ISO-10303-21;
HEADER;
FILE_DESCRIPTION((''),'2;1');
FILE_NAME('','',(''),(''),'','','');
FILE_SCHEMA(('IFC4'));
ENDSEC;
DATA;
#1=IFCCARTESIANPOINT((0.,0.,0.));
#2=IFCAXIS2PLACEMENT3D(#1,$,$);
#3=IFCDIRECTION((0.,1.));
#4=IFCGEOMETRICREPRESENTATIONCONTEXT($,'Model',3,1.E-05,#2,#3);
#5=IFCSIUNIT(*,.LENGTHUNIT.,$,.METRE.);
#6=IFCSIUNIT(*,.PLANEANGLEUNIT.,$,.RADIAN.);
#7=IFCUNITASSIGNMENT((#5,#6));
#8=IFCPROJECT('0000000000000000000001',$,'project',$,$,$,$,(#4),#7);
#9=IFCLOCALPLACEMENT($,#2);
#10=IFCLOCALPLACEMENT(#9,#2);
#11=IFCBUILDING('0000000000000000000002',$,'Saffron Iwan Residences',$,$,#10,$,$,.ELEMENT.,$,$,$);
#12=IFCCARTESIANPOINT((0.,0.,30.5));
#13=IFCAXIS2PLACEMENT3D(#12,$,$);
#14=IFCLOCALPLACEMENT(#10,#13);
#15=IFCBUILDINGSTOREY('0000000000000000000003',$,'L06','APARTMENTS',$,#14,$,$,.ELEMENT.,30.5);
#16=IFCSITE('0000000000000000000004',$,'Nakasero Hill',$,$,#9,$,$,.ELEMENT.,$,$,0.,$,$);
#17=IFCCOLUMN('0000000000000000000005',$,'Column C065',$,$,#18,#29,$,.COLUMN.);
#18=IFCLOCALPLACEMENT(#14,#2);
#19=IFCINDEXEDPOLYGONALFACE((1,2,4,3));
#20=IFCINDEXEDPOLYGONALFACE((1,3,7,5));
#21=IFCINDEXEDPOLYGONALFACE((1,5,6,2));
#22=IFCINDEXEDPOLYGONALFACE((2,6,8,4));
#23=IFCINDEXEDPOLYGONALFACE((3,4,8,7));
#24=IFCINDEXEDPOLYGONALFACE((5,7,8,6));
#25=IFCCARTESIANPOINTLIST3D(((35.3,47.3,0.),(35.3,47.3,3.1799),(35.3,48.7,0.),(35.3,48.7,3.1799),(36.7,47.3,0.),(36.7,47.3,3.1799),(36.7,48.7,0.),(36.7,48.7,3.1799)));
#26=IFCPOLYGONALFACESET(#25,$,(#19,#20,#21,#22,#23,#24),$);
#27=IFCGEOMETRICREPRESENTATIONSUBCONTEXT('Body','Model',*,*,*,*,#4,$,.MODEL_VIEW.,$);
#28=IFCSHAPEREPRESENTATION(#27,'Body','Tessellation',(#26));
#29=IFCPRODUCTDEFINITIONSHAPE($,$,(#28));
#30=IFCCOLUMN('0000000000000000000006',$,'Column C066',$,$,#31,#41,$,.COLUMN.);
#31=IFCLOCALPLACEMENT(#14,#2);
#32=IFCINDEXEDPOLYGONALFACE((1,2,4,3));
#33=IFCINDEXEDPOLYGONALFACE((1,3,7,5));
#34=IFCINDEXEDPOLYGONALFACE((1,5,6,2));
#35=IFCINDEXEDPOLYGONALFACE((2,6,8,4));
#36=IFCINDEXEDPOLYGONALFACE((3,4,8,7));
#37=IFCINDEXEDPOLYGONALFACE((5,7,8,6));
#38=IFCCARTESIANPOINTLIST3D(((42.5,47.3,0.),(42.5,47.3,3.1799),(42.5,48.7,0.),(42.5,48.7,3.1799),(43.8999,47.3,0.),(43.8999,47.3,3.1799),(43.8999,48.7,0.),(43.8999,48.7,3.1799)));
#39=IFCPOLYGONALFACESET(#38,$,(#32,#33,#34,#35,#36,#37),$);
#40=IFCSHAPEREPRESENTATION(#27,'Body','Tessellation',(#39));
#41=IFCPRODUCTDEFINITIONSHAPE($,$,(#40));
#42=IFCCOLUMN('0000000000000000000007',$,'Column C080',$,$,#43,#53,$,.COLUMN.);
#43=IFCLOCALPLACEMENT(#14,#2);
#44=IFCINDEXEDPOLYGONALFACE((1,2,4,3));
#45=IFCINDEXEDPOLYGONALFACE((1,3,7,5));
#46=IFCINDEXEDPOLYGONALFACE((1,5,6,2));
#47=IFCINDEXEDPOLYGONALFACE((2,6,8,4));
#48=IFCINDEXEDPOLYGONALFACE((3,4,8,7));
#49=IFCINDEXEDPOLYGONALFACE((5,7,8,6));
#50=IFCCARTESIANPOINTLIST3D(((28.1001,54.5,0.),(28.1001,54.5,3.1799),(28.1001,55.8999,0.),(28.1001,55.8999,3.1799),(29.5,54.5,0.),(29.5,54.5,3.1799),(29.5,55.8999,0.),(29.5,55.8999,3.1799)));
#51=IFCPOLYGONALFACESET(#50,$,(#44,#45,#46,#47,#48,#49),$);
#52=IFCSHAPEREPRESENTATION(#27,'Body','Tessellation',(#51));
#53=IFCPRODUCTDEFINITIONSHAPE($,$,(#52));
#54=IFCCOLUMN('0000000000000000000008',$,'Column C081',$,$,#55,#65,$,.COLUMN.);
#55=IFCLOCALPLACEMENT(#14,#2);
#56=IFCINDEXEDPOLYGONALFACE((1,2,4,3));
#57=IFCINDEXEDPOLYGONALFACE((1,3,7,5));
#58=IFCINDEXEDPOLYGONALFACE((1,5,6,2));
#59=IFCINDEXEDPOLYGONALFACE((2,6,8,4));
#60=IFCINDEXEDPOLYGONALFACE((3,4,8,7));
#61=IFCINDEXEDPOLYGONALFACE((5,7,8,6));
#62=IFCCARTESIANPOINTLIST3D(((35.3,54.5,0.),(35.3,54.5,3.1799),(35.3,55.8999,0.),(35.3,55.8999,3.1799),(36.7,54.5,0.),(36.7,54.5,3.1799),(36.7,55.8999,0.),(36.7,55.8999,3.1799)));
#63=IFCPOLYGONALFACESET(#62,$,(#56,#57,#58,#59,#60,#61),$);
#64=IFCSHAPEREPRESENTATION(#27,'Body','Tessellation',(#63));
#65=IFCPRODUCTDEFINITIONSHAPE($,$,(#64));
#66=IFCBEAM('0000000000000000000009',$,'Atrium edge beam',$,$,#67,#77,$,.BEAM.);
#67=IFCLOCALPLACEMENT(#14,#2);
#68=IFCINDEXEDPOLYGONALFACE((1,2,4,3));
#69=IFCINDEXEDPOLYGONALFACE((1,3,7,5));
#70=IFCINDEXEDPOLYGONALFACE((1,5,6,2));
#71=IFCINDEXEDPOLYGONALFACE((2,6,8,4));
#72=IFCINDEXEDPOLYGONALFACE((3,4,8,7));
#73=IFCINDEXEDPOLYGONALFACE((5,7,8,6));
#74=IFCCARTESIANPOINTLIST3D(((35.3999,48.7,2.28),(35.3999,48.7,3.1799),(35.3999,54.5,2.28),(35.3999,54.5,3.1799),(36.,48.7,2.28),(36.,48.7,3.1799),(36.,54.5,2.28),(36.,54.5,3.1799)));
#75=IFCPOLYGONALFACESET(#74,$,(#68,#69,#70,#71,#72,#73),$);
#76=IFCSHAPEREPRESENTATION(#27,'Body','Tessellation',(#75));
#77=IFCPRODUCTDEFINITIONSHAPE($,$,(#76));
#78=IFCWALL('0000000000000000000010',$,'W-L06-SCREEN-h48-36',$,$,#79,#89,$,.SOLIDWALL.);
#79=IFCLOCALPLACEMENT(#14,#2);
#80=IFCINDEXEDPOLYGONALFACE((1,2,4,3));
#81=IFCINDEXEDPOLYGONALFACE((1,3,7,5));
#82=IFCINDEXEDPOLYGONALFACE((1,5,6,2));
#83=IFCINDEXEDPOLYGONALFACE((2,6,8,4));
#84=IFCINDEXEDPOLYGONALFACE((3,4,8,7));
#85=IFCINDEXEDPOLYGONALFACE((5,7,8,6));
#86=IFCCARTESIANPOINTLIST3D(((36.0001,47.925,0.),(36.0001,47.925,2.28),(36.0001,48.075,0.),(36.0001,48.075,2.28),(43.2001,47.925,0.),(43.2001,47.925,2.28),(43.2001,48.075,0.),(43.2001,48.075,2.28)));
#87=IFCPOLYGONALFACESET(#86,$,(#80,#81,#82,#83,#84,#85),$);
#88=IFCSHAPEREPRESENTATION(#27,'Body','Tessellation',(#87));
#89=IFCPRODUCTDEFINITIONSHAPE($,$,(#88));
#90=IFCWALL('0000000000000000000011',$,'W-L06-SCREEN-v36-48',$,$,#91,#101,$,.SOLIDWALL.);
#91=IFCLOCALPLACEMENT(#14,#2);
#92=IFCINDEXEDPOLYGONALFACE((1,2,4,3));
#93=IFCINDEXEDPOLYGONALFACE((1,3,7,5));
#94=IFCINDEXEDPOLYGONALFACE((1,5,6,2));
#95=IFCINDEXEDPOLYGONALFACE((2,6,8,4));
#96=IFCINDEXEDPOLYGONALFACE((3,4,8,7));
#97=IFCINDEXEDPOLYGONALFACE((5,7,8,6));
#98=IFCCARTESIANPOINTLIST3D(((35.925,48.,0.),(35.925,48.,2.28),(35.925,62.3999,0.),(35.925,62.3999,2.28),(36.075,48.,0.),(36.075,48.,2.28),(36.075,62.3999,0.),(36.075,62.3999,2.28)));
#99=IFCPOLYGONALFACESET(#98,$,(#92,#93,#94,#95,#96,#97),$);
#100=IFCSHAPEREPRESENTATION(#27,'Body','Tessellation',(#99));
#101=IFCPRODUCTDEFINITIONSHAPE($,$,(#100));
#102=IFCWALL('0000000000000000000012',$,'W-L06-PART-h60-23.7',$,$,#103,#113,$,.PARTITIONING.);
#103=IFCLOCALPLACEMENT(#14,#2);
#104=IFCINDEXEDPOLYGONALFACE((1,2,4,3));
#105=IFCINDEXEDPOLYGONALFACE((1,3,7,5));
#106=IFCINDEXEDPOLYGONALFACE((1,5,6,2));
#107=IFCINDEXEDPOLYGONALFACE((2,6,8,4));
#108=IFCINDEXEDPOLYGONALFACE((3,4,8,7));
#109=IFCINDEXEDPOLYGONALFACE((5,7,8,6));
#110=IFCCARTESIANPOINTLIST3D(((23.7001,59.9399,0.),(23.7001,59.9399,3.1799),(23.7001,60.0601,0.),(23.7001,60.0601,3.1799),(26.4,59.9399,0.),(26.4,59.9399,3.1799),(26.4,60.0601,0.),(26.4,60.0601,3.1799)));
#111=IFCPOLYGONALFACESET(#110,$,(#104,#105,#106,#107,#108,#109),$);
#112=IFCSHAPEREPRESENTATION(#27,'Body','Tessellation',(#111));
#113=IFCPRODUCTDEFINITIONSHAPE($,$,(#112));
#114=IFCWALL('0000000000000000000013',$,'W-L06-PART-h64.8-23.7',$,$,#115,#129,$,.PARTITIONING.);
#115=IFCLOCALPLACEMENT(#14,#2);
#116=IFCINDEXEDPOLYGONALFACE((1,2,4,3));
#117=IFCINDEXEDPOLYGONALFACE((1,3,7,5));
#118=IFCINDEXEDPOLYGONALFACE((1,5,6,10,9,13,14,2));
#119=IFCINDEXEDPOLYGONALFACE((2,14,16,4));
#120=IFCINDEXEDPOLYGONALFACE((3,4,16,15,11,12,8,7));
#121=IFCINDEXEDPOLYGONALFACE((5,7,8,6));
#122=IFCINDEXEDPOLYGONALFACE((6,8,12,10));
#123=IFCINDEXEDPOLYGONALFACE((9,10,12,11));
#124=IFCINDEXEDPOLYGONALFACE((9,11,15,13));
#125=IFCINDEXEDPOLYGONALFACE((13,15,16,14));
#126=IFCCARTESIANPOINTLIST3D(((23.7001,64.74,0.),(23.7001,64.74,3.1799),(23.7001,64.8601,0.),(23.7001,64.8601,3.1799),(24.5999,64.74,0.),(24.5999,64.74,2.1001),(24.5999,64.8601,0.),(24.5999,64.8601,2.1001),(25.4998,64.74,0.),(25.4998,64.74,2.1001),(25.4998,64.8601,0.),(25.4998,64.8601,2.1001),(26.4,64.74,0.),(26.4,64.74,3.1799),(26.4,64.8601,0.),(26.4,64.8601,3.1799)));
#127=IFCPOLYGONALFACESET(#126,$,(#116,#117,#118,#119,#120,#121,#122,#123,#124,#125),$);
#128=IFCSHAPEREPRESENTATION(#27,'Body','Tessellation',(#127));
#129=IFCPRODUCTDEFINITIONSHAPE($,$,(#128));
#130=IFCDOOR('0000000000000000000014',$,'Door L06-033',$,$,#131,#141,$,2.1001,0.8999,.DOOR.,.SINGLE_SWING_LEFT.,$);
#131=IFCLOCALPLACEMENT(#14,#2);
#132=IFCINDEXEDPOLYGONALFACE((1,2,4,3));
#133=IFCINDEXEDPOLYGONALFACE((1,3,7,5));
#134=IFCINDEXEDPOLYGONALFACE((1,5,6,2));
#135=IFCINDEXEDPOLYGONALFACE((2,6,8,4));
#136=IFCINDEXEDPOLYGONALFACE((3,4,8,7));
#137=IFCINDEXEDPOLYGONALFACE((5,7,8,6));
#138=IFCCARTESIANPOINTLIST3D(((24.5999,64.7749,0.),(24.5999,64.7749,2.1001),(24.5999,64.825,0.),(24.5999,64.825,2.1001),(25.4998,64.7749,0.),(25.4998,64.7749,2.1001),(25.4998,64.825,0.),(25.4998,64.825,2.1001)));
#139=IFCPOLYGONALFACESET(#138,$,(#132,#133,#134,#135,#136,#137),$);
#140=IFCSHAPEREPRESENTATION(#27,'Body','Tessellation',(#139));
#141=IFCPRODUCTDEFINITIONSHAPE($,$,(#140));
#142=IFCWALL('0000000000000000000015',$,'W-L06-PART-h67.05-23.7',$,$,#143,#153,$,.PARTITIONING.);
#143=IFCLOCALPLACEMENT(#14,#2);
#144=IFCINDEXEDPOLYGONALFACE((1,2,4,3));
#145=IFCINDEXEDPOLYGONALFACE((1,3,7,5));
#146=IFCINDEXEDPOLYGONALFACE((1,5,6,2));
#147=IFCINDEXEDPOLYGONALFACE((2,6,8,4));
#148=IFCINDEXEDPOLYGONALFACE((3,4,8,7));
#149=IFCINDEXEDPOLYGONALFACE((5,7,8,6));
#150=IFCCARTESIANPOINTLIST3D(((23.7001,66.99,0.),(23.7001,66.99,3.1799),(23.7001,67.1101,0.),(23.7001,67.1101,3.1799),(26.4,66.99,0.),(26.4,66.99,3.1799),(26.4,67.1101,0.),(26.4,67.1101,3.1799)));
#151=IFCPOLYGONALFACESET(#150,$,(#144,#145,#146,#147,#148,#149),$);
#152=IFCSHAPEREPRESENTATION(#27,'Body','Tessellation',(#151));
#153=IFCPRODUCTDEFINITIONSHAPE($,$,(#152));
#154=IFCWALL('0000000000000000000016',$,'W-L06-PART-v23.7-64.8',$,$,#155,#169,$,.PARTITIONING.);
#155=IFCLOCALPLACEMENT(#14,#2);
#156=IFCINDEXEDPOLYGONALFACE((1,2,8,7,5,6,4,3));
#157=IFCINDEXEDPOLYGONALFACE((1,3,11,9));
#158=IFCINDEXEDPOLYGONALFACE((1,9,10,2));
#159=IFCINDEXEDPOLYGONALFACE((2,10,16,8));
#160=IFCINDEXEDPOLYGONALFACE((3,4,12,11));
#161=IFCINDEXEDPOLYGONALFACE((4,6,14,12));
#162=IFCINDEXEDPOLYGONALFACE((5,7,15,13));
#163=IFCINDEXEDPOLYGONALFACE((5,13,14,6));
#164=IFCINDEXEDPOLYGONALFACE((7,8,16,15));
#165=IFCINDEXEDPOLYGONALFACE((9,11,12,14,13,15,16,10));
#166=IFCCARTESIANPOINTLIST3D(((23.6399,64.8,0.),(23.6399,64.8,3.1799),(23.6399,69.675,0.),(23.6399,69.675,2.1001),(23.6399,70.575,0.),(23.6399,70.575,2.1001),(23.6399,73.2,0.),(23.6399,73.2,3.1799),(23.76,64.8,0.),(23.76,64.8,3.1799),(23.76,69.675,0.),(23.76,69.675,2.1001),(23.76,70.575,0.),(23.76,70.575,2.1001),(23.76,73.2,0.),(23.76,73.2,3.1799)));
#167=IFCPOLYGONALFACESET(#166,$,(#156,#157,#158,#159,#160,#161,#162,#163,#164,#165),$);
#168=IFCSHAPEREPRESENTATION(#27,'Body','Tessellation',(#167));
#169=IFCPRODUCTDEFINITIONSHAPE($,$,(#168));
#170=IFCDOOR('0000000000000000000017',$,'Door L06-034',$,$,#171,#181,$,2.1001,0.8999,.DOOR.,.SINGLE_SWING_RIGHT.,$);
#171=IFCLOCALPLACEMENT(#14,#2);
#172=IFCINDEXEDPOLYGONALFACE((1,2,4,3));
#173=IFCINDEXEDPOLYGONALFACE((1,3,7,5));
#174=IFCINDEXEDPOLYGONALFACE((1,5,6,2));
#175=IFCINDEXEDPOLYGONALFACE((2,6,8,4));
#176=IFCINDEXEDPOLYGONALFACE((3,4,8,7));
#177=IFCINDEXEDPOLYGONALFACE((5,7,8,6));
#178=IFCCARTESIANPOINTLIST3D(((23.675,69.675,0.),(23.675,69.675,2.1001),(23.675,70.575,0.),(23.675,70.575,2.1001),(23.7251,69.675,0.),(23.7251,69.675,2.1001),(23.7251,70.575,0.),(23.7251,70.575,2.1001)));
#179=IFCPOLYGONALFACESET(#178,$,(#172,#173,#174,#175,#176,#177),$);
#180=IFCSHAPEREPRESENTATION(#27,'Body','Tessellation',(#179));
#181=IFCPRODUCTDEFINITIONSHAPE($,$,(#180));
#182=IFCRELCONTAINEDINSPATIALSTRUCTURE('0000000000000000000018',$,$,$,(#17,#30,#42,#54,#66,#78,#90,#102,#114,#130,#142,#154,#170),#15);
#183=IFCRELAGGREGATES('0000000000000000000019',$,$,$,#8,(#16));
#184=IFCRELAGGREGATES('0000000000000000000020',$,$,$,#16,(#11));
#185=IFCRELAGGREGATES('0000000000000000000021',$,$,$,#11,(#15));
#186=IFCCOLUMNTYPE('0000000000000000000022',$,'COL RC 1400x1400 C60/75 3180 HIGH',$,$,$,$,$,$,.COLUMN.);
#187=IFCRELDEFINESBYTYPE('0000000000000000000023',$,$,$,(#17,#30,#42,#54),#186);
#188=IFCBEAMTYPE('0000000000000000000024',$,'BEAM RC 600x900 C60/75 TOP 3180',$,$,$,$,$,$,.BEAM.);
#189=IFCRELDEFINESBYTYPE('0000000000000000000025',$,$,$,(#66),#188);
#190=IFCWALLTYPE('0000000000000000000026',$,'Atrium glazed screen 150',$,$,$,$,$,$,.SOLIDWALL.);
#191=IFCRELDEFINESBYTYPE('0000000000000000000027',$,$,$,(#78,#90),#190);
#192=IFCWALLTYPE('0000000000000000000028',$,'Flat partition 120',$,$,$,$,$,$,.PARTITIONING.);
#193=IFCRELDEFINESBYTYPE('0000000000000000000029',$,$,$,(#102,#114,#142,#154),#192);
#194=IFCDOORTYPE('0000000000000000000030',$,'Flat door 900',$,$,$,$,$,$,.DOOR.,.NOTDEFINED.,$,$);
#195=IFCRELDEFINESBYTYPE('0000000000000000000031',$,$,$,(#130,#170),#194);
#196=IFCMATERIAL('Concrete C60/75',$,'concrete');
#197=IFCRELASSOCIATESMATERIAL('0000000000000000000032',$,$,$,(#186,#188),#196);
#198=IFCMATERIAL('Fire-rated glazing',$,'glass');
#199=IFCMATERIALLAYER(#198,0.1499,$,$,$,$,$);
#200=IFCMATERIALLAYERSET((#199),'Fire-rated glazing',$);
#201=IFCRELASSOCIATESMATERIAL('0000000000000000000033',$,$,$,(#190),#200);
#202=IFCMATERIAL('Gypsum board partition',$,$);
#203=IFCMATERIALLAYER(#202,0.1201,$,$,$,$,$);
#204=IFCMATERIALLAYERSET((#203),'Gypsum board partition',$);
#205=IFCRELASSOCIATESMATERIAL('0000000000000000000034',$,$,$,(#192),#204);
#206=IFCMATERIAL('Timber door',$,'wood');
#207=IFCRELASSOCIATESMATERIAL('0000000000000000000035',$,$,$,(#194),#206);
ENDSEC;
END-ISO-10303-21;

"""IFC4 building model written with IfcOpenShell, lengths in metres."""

from ifc_helpers import new_model, si_unit, direction, frame, frame_2d, origin, origin_2d, place, context, subcontext, project, spatial, rectangle, extrude, source, transform, mapped, material, layer, layer_set, material_profile, profile_set, type_object, element, fill, save


model = new_model("IFC4")

# Units and contexts
model_context = context("Model", 3, precision=1e-05, world=origin(), true_north=direction((0.0, 1.0)))
body_context = subcontext(model_context, "Body", "Model", "MODEL_VIEW")
ifc_project = project(units=[si_unit("LENGTHUNIT", "METRE"), si_unit("PLANEANGLEUNIT", "RADIAN")], contexts=[model_context])

# Site, building, storey
site_placement = place(None, origin())
site = spatial("IfcSite", under=ifc_project, at=site_placement, Name="Nakasero Hill", CompositionType="ELEMENT", RefElevation=0.0)
building_placement = place(site_placement, origin())
building = spatial("IfcBuilding", under=site, at=building_placement, Name="Saffron Iwan Residences", CompositionType="ELEMENT")
storey_placement = place(building_placement, frame((0.0, 0.0, 30.5)))
storey = spatial("IfcBuildingStorey", under=building, at=storey_placement, Name="L06", Description="APARTMENTS", CompositionType="ELEMENT", Elevation=30.5)

# Columns
ifc_material_1 = material(Name="Concrete C60/75", Category="concrete")
ifc_material_profile_1 = material_profile(ifc_material_1, rectangle(XDim=1.3999, YDim=1.3999, at=origin_2d()), Name="RC 1400x1400")
ifc_profile_set_1 = profile_set([ifc_material_profile_1], Name="Concrete C60/75")
column_type = type_object("IfcColumnType", Name="COL RC 1400x1400 C60/75 3180 HIGH", PredefinedType="COLUMN", material=ifc_profile_set_1)
shared_shape_1 = source(origin(), body_context, "Body", "SweptSolid", [
    extrude(rectangle(XDim=1.3999, YDim=1.3999, at=origin_2d()), origin(), (0.0, 0.0, 1.0), 3.1799),
])
for number, where, z_axis, x_axis, name in (
    (1, (36.0, 48.0, 0.0), (0.0, 0.0, 1.0), (1.0, 0.0, 0.0), "Column C065"),
    (2, (43.2, 48.0, 0.0), (0.0, 0.0, 1.0), (1.0, 0.0, 0.0), "Column C066"),
    (3, (28.8, 55.2, 0.0), (0.0, 0.0, 1.0), (1.0, 0.0, 0.0), "Column C080"),
    (4, (36.0, 55.2, 0.0), (0.0, 0.0, 1.0), (1.0, 0.0, 0.0), "Column C081"),
):
    element("IfcColumn", number, at=place(storey_placement, frame(where, z_axis=z_axis, x_axis=x_axis)), inside=storey, type_object=column_type, Name=name, PredefinedType="COLUMN", context=body_context, shape_type="MappedRepresentation", body=[
        mapped(shared_shape_1, transform((0.0, 0.0, 0.0))),
    ])

# Beam
ifc_material_profile_2 = material_profile(ifc_material_1, rectangle(XDim=0.6001, YDim=0.8999, at=origin_2d()), Name="RC 600x900")
ifc_profile_set_2 = profile_set([ifc_material_profile_2], Name="Concrete C60/75")
beam_type = type_object("IfcBeamType", Name="BEAM RC 600x900 C60/75 TOP 3180", PredefinedType="BEAM", material=ifc_profile_set_2)
shared_shape_2 = source(origin(), body_context, "Body", "SweptSolid", [
    extrude(rectangle(XDim=0.6001, YDim=0.8999, at=origin_2d()), origin(), (0.0, 0.0, 1.0), 5.8),
])
beam_placement = place(storey_placement, frame((35.7, 48.7, 2.73), z_axis=(0.0, 1.0, 0.0), x_axis=(-1.0, 0.0, 0.0)))
element("IfcBeam", 5, at=beam_placement, inside=storey, type_object=beam_type, Name="Atrium edge beam", PredefinedType="BEAM", context=body_context, shape_type="MappedRepresentation", body=[
    mapped(shared_shape_2, transform((0.0, 0.0, 0.0))),
])

# Walls
ifc_material_2 = material(Name="Fire-rated glazing", Category="glass")
ifc_layer_1 = layer(ifc_material_2, 0.1499)
ifc_layer_set_1 = layer_set([ifc_layer_1], Name="Fire-rated glazing")
wall_type_1 = type_object("IfcWallType", Name="Atrium glazed screen 150", PredefinedType="SOLIDWALL", material=ifc_layer_set_1)
wall_1_placement = place(storey_placement, frame((36.0, 48.0, 0.0), z_axis=(0.0, 0.0, 1.0), x_axis=(1.0, 0.0, 0.0)))
element("IfcWall", 6, at=wall_1_placement, inside=storey, type_object=wall_type_1, Name="W-L06-SCREEN-h48-36", PredefinedType="SOLIDWALL", context=body_context, shape_type="SweptSolid", body=[
    extrude(rectangle(XDim=7.2, YDim=0.1499, at=frame_2d((3.6001, 0.0))), origin(), (0.0, 0.0, 1.0), 2.28),
])
wall_2_placement = place(storey_placement, frame((36.0, 48.0, 0.0), z_axis=(0.0, 0.0, 1.0), x_axis=(0.0, 1.0, 0.0)))
element("IfcWall", 7, at=wall_2_placement, inside=storey, type_object=wall_type_1, Name="W-L06-SCREEN-v36-48", PredefinedType="SOLIDWALL", context=body_context, shape_type="SweptSolid", body=[
    extrude(rectangle(XDim=14.3999, YDim=0.1499, at=frame_2d((7.2, 0.0))), origin(), (0.0, 0.0, 1.0), 2.28),
])
ifc_material_3 = material(Name="Gypsum board partition")
ifc_layer_2 = layer(ifc_material_3, 0.1201)
ifc_layer_set_2 = layer_set([ifc_layer_2], Name="Gypsum board partition")
wall_type_2 = type_object("IfcWallType", Name="Flat partition 120", PredefinedType="PARTITIONING", material=ifc_layer_set_2)
wall_3_placement = place(storey_placement, frame((23.7, 60.0, 0.0), z_axis=(0.0, 0.0, 1.0), x_axis=(1.0, 0.0, 0.0)))
element("IfcWall", 8, at=wall_3_placement, inside=storey, type_object=wall_type_2, Name="W-L06-PART-h60-23.7", PredefinedType="PARTITIONING", context=body_context, shape_type="SweptSolid", body=[
    extrude(rectangle(XDim=2.7, YDim=0.1201, at=frame_2d((1.3501, 0.0))), origin(), (0.0, 0.0, 1.0), 3.1799),
])

# Wall, opening, door
wall_4_placement = place(storey_placement, frame((23.7, 64.8, 0.0), z_axis=(0.0, 0.0, 1.0), x_axis=(1.0, 0.0, 0.0)))
wall_4 = element("IfcWall", 9, at=wall_4_placement, inside=storey, type_object=wall_type_2, Name="W-L06-PART-h64.8-23.7", PredefinedType="PARTITIONING", context=body_context, shape_type="SweptSolid", body=[
    extrude(rectangle(XDim=2.7, YDim=0.1201, at=frame_2d((1.3501, 0.0))), origin(), (0.0, 0.0, 1.0), 3.1799),
])
opening_1_placement = place(wall_4_placement, frame((0.8999, 0.0, 0.0)))
opening_1 = element("IfcOpeningElement", 10, at=opening_1_placement, cuts=wall_4, PredefinedType="OPENING", context=body_context, shape_type="SweptSolid", body=[
    extrude(rectangle(XDim=0.8999, YDim=2.1001, at=frame_2d((0.45, 1.05))), frame((0.0, 0.0701, 0.0), z_axis=(0.0, -1.0, 0.0), x_axis=(1.0, 0.0, 0.0)), (0.0, 0.0, 1.0), 0.1401),
])
ifc_material_4 = material(Name="Timber door", Category="wood")
door_type_1 = type_object("IfcDoorType", Name="Flat door 900", OperationType="NOTDEFINED", PredefinedType="DOOR", material=ifc_material_4)
door_1_placement = place(opening_1_placement, origin())
door_1 = element("IfcDoor", 11, at=door_1_placement, inside=storey, type_object=door_type_1, Name="Door L06-033", OperationType="SINGLE_SWING_LEFT", OverallHeight=2.1001, OverallWidth=0.8999, PredefinedType="DOOR", context=body_context, shape_type="SweptSolid", body=[
    extrude(rectangle(XDim=0.8999, YDim=2.1001, at=frame_2d((0.45, 1.05))), frame((0.0, 0.0249, 0.0), z_axis=(0.0, -1.0, 0.0), x_axis=(1.0, 0.0, 0.0)), (0.0, 0.0, 1.0), 0.05),
])
fill(opening_1, door_1)

# Wall
wall_5_placement = place(storey_placement, frame((23.7, 67.05, 0.0), z_axis=(0.0, 0.0, 1.0), x_axis=(1.0, 0.0, 0.0)))
element("IfcWall", 12, at=wall_5_placement, inside=storey, type_object=wall_type_2, Name="W-L06-PART-h67.05-23.7", PredefinedType="PARTITIONING", context=body_context, shape_type="SweptSolid", body=[
    extrude(rectangle(XDim=2.7, YDim=0.1201, at=frame_2d((1.3501, 0.0))), origin(), (0.0, 0.0, 1.0), 3.1799),
])

# Wall, opening, door
wall_6_placement = place(storey_placement, frame((23.7, 64.8, 0.0), z_axis=(0.0, 0.0, 1.0), x_axis=(0.0, 1.0, 0.0)))
wall_6 = element("IfcWall", 13, at=wall_6_placement, inside=storey, type_object=wall_type_2, Name="W-L06-PART-v23.7-64.8", PredefinedType="PARTITIONING", context=body_context, shape_type="SweptSolid", body=[
    extrude(rectangle(XDim=8.3999, YDim=0.1201, at=frame_2d((4.2, 0.0))), origin(), (0.0, 0.0, 1.0), 3.1799),
])
opening_2_placement = place(wall_6_placement, frame((4.875, 0.0, 0.0)))
opening_2 = element("IfcOpeningElement", 14, at=opening_2_placement, cuts=wall_6, PredefinedType="OPENING", context=body_context, shape_type="SweptSolid", body=[
    extrude(rectangle(XDim=0.8999, YDim=2.1001, at=frame_2d((0.45, 1.05))), frame((0.0, 0.0701, 0.0), z_axis=(0.0, -1.0, 0.0), x_axis=(1.0, 0.0, 0.0)), (0.0, 0.0, 1.0), 0.1401),
])
door_2_placement = place(opening_2_placement, origin())
door_2 = element("IfcDoor", 15, at=door_2_placement, inside=storey, type_object=door_type_1, Name="Door L06-034", OperationType="SINGLE_SWING_RIGHT", OverallHeight=2.1001, OverallWidth=0.8999, PredefinedType="DOOR", context=body_context, shape_type="SweptSolid", body=[
    extrude(rectangle(XDim=0.8999, YDim=2.1001, at=frame_2d((0.45, 1.05))), frame((0.0, 0.0249, 0.0), z_axis=(0.0, -1.0, 0.0), x_axis=(1.0, 0.0, 0.0)), (0.0, 0.0, 1.0), 0.05),
])
fill(opening_2, door_2)

save(model, "model.ifc")
